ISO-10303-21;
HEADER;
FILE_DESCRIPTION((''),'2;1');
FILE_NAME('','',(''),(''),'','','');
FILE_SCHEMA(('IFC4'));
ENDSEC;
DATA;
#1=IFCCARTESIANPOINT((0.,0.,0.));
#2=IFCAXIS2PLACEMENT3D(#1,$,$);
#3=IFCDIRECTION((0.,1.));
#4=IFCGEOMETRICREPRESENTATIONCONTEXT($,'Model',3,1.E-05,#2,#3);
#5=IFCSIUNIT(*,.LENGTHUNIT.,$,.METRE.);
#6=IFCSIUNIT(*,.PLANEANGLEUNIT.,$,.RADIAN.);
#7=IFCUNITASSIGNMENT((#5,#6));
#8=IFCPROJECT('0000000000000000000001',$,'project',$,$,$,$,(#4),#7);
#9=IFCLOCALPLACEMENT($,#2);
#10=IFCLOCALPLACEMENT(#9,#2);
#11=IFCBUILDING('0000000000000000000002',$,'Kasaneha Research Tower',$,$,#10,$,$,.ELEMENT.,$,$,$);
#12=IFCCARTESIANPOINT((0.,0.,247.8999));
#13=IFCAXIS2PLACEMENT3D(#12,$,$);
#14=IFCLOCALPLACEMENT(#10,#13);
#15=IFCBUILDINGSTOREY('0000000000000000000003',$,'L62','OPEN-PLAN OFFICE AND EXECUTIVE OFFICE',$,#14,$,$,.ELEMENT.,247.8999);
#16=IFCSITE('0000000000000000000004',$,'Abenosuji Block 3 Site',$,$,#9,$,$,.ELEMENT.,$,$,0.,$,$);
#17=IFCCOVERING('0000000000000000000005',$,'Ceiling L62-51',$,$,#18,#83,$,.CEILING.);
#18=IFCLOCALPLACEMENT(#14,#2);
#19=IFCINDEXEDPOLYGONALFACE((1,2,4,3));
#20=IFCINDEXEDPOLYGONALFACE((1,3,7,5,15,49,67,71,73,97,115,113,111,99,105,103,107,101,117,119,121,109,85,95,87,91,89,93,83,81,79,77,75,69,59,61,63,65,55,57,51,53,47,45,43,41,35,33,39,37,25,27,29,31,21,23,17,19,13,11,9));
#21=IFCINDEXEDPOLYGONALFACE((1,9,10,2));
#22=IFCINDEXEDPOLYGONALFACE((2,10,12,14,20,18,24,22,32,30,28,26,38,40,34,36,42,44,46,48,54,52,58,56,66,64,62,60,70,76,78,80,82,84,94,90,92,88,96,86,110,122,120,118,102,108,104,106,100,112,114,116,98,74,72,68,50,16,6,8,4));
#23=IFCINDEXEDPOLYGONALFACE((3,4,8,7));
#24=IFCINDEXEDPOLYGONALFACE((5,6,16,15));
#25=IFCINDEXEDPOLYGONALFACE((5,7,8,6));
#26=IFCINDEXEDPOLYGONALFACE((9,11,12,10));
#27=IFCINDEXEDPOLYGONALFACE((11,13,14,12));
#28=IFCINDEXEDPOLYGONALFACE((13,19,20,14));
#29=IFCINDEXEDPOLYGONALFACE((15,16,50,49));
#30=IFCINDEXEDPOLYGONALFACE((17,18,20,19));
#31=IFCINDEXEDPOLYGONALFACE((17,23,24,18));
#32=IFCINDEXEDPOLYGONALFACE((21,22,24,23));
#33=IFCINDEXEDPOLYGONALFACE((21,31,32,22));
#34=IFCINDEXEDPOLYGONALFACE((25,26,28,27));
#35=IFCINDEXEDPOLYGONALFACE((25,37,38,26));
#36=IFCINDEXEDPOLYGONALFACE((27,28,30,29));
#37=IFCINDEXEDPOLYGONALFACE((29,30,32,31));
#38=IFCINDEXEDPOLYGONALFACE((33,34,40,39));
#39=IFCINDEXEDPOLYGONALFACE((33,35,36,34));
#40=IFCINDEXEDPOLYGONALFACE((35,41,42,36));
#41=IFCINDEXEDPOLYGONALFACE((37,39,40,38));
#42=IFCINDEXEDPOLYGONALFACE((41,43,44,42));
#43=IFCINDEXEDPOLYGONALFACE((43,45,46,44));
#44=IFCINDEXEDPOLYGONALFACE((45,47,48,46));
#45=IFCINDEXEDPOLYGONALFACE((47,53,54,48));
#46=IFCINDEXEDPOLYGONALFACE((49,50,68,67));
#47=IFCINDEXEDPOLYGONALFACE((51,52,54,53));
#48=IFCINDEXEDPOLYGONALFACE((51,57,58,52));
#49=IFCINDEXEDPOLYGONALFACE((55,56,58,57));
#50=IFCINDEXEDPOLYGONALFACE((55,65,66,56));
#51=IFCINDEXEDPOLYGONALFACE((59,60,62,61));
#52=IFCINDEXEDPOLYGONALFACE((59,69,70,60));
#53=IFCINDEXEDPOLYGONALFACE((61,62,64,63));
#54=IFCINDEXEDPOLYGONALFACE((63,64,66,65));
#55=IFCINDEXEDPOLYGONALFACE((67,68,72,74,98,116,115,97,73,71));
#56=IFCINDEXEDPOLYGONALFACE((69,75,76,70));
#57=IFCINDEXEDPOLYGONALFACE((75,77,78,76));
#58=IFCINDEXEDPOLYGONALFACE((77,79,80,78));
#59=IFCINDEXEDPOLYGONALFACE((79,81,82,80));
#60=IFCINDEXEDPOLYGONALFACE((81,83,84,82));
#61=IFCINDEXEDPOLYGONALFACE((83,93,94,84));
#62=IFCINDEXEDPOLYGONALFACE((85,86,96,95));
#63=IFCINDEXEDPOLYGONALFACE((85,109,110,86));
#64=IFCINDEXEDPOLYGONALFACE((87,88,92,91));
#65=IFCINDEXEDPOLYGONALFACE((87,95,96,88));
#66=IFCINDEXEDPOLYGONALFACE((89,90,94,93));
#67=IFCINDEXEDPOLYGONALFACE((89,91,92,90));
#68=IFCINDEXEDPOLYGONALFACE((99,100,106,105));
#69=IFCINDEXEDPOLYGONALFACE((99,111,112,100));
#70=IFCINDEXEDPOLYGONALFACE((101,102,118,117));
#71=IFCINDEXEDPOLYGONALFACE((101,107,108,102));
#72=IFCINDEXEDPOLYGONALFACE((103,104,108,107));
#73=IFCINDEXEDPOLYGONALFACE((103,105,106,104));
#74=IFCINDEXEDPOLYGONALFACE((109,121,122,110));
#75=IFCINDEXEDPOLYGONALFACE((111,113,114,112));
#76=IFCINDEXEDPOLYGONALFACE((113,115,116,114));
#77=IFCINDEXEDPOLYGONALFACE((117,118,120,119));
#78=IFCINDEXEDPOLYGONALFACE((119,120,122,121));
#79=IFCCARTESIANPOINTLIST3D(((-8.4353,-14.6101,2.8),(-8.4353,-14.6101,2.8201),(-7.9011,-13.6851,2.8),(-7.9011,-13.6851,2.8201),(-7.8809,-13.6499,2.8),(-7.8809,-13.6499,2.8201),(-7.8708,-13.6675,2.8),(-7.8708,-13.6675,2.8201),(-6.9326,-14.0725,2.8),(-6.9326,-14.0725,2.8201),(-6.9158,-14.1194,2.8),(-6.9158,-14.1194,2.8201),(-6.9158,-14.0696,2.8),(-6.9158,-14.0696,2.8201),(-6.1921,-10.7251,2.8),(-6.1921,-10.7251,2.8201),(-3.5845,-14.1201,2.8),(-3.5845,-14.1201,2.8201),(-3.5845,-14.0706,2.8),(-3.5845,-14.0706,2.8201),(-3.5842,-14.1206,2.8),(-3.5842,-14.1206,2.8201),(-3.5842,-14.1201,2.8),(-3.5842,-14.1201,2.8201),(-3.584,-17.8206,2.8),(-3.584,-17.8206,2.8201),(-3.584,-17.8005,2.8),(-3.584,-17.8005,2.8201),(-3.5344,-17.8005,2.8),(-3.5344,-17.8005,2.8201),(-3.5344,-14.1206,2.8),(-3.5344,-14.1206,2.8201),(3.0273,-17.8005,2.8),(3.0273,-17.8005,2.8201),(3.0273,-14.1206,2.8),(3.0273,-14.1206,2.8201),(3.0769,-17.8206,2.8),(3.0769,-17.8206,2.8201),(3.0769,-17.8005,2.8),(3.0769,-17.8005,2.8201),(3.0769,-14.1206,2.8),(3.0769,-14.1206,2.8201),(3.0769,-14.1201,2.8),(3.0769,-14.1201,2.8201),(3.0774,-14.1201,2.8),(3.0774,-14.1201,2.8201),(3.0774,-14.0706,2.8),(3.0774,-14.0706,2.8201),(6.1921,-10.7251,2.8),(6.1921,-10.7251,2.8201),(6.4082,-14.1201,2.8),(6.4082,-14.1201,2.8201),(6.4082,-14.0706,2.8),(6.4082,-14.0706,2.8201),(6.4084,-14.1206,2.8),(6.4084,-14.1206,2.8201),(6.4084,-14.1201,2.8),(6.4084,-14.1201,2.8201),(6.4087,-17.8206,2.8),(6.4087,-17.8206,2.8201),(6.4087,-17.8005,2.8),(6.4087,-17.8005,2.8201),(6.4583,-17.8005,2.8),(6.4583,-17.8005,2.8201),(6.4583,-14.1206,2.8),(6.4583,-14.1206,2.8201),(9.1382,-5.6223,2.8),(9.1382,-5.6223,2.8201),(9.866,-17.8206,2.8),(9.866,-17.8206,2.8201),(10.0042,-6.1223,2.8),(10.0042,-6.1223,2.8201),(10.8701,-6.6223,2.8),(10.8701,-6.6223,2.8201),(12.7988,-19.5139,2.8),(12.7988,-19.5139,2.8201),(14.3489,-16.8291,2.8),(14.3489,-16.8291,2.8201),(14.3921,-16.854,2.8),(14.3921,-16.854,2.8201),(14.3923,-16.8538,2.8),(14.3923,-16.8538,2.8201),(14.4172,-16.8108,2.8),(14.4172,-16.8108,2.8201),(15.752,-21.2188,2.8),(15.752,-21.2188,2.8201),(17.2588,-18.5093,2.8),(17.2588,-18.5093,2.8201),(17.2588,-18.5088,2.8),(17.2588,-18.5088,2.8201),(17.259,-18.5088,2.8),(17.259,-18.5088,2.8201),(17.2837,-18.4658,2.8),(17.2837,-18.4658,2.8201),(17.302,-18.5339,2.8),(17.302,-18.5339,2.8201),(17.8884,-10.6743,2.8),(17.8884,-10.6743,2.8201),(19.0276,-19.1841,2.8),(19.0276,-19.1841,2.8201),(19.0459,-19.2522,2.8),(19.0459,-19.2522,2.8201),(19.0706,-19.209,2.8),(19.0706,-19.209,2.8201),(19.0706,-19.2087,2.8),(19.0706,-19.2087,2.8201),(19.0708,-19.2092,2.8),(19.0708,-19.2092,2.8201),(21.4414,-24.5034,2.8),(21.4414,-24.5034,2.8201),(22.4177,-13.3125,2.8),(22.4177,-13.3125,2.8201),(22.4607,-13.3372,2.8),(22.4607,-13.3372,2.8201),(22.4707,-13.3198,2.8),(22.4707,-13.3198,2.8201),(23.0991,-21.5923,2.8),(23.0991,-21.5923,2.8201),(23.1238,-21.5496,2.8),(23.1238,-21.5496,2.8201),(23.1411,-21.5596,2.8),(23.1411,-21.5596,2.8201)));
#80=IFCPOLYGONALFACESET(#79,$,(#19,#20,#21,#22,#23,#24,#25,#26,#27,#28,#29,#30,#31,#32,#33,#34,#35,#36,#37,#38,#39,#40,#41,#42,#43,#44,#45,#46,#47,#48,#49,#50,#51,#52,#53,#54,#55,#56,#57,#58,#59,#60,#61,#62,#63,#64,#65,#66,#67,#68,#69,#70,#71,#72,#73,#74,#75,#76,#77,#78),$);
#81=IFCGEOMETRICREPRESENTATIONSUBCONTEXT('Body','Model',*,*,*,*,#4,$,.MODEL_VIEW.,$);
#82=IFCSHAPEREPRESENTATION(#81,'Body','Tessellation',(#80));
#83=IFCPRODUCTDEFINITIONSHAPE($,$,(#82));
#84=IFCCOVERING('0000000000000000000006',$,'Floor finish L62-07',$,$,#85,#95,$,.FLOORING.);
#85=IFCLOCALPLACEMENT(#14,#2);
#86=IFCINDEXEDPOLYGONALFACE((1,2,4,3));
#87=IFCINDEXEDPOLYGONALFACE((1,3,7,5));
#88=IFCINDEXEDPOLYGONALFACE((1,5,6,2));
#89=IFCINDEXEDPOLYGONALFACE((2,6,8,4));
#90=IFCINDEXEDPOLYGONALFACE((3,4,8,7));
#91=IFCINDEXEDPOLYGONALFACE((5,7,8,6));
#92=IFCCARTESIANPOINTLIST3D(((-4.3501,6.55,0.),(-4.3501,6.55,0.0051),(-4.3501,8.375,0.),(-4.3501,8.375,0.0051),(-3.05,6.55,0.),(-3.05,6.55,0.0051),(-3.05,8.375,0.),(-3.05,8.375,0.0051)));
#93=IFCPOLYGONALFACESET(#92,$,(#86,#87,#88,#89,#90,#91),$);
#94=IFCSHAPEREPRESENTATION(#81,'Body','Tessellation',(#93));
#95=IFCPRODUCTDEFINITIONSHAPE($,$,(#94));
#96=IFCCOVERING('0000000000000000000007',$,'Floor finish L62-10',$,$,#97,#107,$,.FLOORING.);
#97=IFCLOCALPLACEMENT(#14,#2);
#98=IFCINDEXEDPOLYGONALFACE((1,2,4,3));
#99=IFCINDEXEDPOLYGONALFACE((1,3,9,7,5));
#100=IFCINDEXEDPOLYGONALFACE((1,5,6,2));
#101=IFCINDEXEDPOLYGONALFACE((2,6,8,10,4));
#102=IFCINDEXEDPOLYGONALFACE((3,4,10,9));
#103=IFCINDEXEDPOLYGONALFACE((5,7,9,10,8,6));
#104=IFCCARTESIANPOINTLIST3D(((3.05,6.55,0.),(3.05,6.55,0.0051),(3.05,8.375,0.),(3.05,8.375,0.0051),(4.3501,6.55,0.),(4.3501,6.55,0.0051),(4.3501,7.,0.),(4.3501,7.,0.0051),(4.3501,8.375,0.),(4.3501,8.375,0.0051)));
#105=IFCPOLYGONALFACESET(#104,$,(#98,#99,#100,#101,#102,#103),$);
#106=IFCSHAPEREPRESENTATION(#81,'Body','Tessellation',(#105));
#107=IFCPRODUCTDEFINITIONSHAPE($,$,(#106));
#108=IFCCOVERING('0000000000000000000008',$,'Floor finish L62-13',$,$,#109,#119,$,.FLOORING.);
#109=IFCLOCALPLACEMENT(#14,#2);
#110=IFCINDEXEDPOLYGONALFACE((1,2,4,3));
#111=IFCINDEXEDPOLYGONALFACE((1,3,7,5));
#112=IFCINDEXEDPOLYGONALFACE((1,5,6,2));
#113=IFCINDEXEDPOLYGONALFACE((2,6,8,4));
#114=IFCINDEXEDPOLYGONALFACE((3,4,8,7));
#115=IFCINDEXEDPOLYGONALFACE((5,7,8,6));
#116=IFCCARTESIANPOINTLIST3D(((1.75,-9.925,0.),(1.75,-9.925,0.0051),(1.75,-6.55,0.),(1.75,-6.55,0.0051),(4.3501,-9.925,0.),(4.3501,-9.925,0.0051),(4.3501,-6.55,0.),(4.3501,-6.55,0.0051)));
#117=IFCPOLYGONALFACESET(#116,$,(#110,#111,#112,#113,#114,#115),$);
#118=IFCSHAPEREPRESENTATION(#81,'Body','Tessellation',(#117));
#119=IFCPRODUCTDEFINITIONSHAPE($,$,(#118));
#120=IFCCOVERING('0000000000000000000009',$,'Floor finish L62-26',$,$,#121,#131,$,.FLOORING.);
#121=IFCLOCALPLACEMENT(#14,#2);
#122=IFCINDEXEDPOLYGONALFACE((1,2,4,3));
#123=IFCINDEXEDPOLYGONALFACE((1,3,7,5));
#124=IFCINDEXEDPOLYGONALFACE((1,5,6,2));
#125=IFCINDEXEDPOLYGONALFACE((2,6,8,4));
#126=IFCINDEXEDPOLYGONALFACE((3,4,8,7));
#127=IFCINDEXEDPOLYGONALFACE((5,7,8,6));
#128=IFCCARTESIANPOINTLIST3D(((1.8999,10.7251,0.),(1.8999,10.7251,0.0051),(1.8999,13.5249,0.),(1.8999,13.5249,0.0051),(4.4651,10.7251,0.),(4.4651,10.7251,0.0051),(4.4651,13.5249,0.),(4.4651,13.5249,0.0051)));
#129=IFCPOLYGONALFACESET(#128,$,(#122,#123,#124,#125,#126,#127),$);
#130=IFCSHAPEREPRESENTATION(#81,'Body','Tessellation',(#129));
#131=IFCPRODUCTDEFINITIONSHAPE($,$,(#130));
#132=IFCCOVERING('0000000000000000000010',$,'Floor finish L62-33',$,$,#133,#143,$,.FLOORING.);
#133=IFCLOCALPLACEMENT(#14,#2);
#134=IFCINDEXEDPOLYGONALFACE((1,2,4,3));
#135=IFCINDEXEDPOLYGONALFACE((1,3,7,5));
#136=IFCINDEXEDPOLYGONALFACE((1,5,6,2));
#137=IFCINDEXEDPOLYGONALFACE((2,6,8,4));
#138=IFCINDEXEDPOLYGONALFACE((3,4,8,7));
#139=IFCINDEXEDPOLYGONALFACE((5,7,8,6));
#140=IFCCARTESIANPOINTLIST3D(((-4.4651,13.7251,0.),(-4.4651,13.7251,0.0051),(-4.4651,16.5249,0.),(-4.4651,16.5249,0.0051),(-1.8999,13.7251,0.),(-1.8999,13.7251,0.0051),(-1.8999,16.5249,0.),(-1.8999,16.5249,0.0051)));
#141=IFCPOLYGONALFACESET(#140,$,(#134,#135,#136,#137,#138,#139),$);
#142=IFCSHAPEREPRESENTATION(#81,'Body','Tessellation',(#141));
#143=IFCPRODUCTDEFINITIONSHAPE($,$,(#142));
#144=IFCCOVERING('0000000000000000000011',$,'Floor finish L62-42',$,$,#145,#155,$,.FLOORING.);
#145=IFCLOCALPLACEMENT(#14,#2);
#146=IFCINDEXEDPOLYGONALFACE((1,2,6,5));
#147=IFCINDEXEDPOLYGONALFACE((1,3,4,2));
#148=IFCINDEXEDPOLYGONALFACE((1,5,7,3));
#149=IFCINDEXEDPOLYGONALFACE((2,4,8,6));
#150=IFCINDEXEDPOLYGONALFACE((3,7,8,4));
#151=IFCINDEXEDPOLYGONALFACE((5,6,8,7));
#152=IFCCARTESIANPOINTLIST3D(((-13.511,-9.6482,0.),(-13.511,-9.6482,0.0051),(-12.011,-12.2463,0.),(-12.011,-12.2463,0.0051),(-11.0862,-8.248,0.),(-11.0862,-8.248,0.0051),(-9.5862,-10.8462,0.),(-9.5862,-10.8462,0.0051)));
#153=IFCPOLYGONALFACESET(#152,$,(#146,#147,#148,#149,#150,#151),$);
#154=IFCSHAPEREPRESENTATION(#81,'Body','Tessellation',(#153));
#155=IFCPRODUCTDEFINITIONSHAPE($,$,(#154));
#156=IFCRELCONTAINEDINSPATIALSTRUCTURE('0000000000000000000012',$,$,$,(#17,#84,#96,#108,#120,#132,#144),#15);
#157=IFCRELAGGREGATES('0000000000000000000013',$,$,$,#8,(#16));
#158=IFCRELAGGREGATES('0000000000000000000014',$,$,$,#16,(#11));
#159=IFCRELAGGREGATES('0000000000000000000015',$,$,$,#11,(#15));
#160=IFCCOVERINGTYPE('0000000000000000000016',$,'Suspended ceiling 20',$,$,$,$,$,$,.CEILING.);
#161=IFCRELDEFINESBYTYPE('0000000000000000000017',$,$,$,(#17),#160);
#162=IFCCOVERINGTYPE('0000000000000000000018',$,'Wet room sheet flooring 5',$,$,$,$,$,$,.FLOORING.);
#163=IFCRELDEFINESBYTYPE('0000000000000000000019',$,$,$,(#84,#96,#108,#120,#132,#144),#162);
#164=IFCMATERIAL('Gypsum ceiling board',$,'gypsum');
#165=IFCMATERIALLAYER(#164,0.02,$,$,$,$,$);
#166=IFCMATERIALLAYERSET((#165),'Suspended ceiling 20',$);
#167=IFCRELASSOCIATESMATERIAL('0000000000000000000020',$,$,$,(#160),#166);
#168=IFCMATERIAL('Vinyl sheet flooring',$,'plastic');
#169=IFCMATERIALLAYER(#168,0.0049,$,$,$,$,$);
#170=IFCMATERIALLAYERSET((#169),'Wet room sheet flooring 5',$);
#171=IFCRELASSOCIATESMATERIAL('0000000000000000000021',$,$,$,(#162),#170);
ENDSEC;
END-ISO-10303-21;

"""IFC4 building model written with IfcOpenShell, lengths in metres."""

from ifc_helpers import new_model, si_unit, direction, frame, origin, place, context, subcontext, project, spatial, polyline, outline, extrude, material, layer, layer_set, type_object, element, save


model = new_model("IFC4")

# Units and contexts
model_context = context("Model", 3, precision=1e-05, world=origin(), true_north=direction((0.0, 1.0)))
body_context = subcontext(model_context, "Body", "Model", "MODEL_VIEW")
ifc_project = project(units=[si_unit("LENGTHUNIT", "METRE"), si_unit("PLANEANGLEUNIT", "RADIAN")], contexts=[model_context])

# Site, building, storey
site_placement = place(None, origin())
site = spatial("IfcSite", under=ifc_project, at=site_placement, Name="Abenosuji Block 3 Site", CompositionType="ELEMENT", RefElevation=0.0)
building_placement = place(site_placement, origin())
building = spatial("IfcBuilding", under=site, at=building_placement, Name="Kasaneha Research Tower", CompositionType="ELEMENT")
storey_placement = place(building_placement, frame((0.0, 0.0, 247.8999)))
storey = spatial("IfcBuildingStorey", under=building, at=storey_placement, Name="L62", Description="OPEN-PLAN OFFICE AND EXECUTIVE OFFICE", CompositionType="ELEMENT", Elevation=247.8999)

# Coverings
ifc_material_1 = material(Name="Gypsum ceiling board", Category="gypsum")
ifc_layer_1 = layer(ifc_material_1, 0.02)
ifc_layer_set_1 = layer_set([ifc_layer_1], Name="Suspended ceiling 20")
covering_type_1 = type_object("IfcCoveringType", Name="Suspended ceiling 20", PredefinedType="CEILING", material=ifc_layer_set_1)
covering_1_placement = place(storey_placement, frame((0.0, 0.0, 2.8)))
element("IfcCovering", 1, at=covering_1_placement, inside=storey, type_object=covering_type_1, Name="Ceiling L62-51", PredefinedType="CEILING", context=body_context, shape_type="SweptSolid", body=[
    extrude(outline(polyline([(9.1382, -5.6223), (10.0042, -6.1223), (10.0042, -6.1223), (10.8701, -6.6223), (10.8701, -6.6223), (17.8884, -10.6743), (22.4707, -13.3198), (22.4607, -13.3372), (22.4177, -13.3125), (19.0276, -19.1841), (19.0706, -19.2087), (19.0706, -19.209), (19.0708, -19.2092), (19.0459, -19.2522), (23.0991, -21.5923), (23.1238, -21.5496), (23.1411, -21.5596), (21.4414, -24.5034), (15.752, -21.2188), (17.302, -18.5339), (17.2588, -18.5093), (17.259, -18.5088), (17.2588, -18.5088), (17.2837, -18.4658), (14.4172, -16.8108), (14.3923, -16.8538), (14.3923, -16.8538), (14.3921, -16.854), (14.3489, -16.8291), (12.7988, -19.5139), (9.866, -17.8206), (6.4087, -17.8206), (6.4087, -17.8005), (6.4583, -17.8005), (6.4583, -14.1206), (6.4084, -14.1206), (6.4084, -14.1201), (6.4082, -14.1201), (6.4082, -14.0706), (3.0774, -14.0706), (3.0774, -14.1201), (3.0769, -14.1201), (3.0769, -14.1206), (3.0273, -14.1206), (3.0273, -17.8005), (3.0769, -17.8005), (3.0769, -17.8206), (-3.584, -17.8206), (-3.584, -17.8005), (-3.5344, -17.8005), (-3.5344, -14.1206), (-3.5842, -14.1206), (-3.5842, -14.1201), (-3.5845, -14.1201), (-3.5845, -14.0706), (-6.9158, -14.0696), (-6.9158, -14.1194), (-6.9326, -14.0725), (-8.4353, -14.6101), (-7.9011, -13.6851), (-7.8708, -13.6675), (-7.8809, -13.6499), (-6.1921, -10.7251), (6.1921, -10.7251), (9.1382, -5.6223)])), origin(), (0.0, 0.0, 1.0), 0.02),
])
ifc_material_2 = material(Name="Vinyl sheet flooring", Category="plastic")
ifc_layer_2 = layer(ifc_material_2, 0.0049)
ifc_layer_set_2 = layer_set([ifc_layer_2], Name="Wet room sheet flooring 5")
covering_type_2 = type_object("IfcCoveringType", Name="Wet room sheet flooring 5", PredefinedType="FLOORING", material=ifc_layer_set_2)
covering_2_placement = place(storey_placement, origin())
element("IfcCovering", 2, at=covering_2_placement, inside=storey, type_object=covering_type_2, Name="Floor finish L62-07", PredefinedType="FLOORING", context=body_context, shape_type="SweptSolid", body=[
    extrude(outline(polyline([(-4.3501, 6.55), (-4.3501, 8.375), (-3.05, 8.375), (-3.05, 6.55), (-4.3501, 6.55)])), origin(), (0.0, 0.0, 1.0), 0.0051),
])
covering_3_placement = place(storey_placement, origin())
element("IfcCovering", 3, at=covering_3_placement, inside=storey, type_object=covering_type_2, Name="Floor finish L62-10", PredefinedType="FLOORING", context=body_context, shape_type="SweptSolid", body=[
    extrude(outline(polyline([(3.05, 6.55), (3.05, 8.375), (4.3501, 8.375), (4.3501, 7.0), (4.3501, 6.55), (3.05, 6.55)])), origin(), (0.0, 0.0, 1.0), 0.0051),
])
covering_4_placement = place(storey_placement, origin())
element("IfcCovering", 4, at=covering_4_placement, inside=storey, type_object=covering_type_2, Name="Floor finish L62-13", PredefinedType="FLOORING", context=body_context, shape_type="SweptSolid", body=[
    extrude(outline(polyline([(1.75, -9.925), (1.75, -6.55), (4.3501, -6.55), (4.3501, -9.925), (1.75, -9.925)])), origin(), (0.0, 0.0, 1.0), 0.0051),
])
covering_5_placement = place(storey_placement, origin())
element("IfcCovering", 5, at=covering_5_placement, inside=storey, type_object=covering_type_2, Name="Floor finish L62-26", PredefinedType="FLOORING", context=body_context, shape_type="SweptSolid", body=[
    extrude(outline(polyline([(4.4651, 13.5249), (4.4651, 10.7251), (1.8999, 10.7251), (1.8999, 13.5249), (4.4651, 13.5249)])), origin(), (0.0, 0.0, 1.0), 0.0051),
])
covering_6_placement = place(storey_placement, origin())
element("IfcCovering", 6, at=covering_6_placement, inside=storey, type_object=covering_type_2, Name="Floor finish L62-33", PredefinedType="FLOORING", context=body_context, shape_type="SweptSolid", body=[
    extrude(outline(polyline([(-4.4651, 16.5249), (-1.8999, 16.5249), (-1.8999, 13.7251), (-4.4651, 13.7251), (-4.4651, 16.5249)])), origin(), (0.0, 0.0, 1.0), 0.0051),
])
covering_7_placement = place(storey_placement, origin())
element("IfcCovering", 7, at=covering_7_placement, inside=storey, type_object=covering_type_2, Name="Floor finish L62-42", PredefinedType="FLOORING", context=body_context, shape_type="SweptSolid", body=[
    extrude(outline(polyline([(-12.011, -12.2463), (-13.511, -9.6482), (-11.0862, -8.248), (-9.5862, -10.8462), (-12.011, -12.2463)])), origin(), (0.0, 0.0, 1.0), 0.0051),
])

save(model, "model.ifc")
